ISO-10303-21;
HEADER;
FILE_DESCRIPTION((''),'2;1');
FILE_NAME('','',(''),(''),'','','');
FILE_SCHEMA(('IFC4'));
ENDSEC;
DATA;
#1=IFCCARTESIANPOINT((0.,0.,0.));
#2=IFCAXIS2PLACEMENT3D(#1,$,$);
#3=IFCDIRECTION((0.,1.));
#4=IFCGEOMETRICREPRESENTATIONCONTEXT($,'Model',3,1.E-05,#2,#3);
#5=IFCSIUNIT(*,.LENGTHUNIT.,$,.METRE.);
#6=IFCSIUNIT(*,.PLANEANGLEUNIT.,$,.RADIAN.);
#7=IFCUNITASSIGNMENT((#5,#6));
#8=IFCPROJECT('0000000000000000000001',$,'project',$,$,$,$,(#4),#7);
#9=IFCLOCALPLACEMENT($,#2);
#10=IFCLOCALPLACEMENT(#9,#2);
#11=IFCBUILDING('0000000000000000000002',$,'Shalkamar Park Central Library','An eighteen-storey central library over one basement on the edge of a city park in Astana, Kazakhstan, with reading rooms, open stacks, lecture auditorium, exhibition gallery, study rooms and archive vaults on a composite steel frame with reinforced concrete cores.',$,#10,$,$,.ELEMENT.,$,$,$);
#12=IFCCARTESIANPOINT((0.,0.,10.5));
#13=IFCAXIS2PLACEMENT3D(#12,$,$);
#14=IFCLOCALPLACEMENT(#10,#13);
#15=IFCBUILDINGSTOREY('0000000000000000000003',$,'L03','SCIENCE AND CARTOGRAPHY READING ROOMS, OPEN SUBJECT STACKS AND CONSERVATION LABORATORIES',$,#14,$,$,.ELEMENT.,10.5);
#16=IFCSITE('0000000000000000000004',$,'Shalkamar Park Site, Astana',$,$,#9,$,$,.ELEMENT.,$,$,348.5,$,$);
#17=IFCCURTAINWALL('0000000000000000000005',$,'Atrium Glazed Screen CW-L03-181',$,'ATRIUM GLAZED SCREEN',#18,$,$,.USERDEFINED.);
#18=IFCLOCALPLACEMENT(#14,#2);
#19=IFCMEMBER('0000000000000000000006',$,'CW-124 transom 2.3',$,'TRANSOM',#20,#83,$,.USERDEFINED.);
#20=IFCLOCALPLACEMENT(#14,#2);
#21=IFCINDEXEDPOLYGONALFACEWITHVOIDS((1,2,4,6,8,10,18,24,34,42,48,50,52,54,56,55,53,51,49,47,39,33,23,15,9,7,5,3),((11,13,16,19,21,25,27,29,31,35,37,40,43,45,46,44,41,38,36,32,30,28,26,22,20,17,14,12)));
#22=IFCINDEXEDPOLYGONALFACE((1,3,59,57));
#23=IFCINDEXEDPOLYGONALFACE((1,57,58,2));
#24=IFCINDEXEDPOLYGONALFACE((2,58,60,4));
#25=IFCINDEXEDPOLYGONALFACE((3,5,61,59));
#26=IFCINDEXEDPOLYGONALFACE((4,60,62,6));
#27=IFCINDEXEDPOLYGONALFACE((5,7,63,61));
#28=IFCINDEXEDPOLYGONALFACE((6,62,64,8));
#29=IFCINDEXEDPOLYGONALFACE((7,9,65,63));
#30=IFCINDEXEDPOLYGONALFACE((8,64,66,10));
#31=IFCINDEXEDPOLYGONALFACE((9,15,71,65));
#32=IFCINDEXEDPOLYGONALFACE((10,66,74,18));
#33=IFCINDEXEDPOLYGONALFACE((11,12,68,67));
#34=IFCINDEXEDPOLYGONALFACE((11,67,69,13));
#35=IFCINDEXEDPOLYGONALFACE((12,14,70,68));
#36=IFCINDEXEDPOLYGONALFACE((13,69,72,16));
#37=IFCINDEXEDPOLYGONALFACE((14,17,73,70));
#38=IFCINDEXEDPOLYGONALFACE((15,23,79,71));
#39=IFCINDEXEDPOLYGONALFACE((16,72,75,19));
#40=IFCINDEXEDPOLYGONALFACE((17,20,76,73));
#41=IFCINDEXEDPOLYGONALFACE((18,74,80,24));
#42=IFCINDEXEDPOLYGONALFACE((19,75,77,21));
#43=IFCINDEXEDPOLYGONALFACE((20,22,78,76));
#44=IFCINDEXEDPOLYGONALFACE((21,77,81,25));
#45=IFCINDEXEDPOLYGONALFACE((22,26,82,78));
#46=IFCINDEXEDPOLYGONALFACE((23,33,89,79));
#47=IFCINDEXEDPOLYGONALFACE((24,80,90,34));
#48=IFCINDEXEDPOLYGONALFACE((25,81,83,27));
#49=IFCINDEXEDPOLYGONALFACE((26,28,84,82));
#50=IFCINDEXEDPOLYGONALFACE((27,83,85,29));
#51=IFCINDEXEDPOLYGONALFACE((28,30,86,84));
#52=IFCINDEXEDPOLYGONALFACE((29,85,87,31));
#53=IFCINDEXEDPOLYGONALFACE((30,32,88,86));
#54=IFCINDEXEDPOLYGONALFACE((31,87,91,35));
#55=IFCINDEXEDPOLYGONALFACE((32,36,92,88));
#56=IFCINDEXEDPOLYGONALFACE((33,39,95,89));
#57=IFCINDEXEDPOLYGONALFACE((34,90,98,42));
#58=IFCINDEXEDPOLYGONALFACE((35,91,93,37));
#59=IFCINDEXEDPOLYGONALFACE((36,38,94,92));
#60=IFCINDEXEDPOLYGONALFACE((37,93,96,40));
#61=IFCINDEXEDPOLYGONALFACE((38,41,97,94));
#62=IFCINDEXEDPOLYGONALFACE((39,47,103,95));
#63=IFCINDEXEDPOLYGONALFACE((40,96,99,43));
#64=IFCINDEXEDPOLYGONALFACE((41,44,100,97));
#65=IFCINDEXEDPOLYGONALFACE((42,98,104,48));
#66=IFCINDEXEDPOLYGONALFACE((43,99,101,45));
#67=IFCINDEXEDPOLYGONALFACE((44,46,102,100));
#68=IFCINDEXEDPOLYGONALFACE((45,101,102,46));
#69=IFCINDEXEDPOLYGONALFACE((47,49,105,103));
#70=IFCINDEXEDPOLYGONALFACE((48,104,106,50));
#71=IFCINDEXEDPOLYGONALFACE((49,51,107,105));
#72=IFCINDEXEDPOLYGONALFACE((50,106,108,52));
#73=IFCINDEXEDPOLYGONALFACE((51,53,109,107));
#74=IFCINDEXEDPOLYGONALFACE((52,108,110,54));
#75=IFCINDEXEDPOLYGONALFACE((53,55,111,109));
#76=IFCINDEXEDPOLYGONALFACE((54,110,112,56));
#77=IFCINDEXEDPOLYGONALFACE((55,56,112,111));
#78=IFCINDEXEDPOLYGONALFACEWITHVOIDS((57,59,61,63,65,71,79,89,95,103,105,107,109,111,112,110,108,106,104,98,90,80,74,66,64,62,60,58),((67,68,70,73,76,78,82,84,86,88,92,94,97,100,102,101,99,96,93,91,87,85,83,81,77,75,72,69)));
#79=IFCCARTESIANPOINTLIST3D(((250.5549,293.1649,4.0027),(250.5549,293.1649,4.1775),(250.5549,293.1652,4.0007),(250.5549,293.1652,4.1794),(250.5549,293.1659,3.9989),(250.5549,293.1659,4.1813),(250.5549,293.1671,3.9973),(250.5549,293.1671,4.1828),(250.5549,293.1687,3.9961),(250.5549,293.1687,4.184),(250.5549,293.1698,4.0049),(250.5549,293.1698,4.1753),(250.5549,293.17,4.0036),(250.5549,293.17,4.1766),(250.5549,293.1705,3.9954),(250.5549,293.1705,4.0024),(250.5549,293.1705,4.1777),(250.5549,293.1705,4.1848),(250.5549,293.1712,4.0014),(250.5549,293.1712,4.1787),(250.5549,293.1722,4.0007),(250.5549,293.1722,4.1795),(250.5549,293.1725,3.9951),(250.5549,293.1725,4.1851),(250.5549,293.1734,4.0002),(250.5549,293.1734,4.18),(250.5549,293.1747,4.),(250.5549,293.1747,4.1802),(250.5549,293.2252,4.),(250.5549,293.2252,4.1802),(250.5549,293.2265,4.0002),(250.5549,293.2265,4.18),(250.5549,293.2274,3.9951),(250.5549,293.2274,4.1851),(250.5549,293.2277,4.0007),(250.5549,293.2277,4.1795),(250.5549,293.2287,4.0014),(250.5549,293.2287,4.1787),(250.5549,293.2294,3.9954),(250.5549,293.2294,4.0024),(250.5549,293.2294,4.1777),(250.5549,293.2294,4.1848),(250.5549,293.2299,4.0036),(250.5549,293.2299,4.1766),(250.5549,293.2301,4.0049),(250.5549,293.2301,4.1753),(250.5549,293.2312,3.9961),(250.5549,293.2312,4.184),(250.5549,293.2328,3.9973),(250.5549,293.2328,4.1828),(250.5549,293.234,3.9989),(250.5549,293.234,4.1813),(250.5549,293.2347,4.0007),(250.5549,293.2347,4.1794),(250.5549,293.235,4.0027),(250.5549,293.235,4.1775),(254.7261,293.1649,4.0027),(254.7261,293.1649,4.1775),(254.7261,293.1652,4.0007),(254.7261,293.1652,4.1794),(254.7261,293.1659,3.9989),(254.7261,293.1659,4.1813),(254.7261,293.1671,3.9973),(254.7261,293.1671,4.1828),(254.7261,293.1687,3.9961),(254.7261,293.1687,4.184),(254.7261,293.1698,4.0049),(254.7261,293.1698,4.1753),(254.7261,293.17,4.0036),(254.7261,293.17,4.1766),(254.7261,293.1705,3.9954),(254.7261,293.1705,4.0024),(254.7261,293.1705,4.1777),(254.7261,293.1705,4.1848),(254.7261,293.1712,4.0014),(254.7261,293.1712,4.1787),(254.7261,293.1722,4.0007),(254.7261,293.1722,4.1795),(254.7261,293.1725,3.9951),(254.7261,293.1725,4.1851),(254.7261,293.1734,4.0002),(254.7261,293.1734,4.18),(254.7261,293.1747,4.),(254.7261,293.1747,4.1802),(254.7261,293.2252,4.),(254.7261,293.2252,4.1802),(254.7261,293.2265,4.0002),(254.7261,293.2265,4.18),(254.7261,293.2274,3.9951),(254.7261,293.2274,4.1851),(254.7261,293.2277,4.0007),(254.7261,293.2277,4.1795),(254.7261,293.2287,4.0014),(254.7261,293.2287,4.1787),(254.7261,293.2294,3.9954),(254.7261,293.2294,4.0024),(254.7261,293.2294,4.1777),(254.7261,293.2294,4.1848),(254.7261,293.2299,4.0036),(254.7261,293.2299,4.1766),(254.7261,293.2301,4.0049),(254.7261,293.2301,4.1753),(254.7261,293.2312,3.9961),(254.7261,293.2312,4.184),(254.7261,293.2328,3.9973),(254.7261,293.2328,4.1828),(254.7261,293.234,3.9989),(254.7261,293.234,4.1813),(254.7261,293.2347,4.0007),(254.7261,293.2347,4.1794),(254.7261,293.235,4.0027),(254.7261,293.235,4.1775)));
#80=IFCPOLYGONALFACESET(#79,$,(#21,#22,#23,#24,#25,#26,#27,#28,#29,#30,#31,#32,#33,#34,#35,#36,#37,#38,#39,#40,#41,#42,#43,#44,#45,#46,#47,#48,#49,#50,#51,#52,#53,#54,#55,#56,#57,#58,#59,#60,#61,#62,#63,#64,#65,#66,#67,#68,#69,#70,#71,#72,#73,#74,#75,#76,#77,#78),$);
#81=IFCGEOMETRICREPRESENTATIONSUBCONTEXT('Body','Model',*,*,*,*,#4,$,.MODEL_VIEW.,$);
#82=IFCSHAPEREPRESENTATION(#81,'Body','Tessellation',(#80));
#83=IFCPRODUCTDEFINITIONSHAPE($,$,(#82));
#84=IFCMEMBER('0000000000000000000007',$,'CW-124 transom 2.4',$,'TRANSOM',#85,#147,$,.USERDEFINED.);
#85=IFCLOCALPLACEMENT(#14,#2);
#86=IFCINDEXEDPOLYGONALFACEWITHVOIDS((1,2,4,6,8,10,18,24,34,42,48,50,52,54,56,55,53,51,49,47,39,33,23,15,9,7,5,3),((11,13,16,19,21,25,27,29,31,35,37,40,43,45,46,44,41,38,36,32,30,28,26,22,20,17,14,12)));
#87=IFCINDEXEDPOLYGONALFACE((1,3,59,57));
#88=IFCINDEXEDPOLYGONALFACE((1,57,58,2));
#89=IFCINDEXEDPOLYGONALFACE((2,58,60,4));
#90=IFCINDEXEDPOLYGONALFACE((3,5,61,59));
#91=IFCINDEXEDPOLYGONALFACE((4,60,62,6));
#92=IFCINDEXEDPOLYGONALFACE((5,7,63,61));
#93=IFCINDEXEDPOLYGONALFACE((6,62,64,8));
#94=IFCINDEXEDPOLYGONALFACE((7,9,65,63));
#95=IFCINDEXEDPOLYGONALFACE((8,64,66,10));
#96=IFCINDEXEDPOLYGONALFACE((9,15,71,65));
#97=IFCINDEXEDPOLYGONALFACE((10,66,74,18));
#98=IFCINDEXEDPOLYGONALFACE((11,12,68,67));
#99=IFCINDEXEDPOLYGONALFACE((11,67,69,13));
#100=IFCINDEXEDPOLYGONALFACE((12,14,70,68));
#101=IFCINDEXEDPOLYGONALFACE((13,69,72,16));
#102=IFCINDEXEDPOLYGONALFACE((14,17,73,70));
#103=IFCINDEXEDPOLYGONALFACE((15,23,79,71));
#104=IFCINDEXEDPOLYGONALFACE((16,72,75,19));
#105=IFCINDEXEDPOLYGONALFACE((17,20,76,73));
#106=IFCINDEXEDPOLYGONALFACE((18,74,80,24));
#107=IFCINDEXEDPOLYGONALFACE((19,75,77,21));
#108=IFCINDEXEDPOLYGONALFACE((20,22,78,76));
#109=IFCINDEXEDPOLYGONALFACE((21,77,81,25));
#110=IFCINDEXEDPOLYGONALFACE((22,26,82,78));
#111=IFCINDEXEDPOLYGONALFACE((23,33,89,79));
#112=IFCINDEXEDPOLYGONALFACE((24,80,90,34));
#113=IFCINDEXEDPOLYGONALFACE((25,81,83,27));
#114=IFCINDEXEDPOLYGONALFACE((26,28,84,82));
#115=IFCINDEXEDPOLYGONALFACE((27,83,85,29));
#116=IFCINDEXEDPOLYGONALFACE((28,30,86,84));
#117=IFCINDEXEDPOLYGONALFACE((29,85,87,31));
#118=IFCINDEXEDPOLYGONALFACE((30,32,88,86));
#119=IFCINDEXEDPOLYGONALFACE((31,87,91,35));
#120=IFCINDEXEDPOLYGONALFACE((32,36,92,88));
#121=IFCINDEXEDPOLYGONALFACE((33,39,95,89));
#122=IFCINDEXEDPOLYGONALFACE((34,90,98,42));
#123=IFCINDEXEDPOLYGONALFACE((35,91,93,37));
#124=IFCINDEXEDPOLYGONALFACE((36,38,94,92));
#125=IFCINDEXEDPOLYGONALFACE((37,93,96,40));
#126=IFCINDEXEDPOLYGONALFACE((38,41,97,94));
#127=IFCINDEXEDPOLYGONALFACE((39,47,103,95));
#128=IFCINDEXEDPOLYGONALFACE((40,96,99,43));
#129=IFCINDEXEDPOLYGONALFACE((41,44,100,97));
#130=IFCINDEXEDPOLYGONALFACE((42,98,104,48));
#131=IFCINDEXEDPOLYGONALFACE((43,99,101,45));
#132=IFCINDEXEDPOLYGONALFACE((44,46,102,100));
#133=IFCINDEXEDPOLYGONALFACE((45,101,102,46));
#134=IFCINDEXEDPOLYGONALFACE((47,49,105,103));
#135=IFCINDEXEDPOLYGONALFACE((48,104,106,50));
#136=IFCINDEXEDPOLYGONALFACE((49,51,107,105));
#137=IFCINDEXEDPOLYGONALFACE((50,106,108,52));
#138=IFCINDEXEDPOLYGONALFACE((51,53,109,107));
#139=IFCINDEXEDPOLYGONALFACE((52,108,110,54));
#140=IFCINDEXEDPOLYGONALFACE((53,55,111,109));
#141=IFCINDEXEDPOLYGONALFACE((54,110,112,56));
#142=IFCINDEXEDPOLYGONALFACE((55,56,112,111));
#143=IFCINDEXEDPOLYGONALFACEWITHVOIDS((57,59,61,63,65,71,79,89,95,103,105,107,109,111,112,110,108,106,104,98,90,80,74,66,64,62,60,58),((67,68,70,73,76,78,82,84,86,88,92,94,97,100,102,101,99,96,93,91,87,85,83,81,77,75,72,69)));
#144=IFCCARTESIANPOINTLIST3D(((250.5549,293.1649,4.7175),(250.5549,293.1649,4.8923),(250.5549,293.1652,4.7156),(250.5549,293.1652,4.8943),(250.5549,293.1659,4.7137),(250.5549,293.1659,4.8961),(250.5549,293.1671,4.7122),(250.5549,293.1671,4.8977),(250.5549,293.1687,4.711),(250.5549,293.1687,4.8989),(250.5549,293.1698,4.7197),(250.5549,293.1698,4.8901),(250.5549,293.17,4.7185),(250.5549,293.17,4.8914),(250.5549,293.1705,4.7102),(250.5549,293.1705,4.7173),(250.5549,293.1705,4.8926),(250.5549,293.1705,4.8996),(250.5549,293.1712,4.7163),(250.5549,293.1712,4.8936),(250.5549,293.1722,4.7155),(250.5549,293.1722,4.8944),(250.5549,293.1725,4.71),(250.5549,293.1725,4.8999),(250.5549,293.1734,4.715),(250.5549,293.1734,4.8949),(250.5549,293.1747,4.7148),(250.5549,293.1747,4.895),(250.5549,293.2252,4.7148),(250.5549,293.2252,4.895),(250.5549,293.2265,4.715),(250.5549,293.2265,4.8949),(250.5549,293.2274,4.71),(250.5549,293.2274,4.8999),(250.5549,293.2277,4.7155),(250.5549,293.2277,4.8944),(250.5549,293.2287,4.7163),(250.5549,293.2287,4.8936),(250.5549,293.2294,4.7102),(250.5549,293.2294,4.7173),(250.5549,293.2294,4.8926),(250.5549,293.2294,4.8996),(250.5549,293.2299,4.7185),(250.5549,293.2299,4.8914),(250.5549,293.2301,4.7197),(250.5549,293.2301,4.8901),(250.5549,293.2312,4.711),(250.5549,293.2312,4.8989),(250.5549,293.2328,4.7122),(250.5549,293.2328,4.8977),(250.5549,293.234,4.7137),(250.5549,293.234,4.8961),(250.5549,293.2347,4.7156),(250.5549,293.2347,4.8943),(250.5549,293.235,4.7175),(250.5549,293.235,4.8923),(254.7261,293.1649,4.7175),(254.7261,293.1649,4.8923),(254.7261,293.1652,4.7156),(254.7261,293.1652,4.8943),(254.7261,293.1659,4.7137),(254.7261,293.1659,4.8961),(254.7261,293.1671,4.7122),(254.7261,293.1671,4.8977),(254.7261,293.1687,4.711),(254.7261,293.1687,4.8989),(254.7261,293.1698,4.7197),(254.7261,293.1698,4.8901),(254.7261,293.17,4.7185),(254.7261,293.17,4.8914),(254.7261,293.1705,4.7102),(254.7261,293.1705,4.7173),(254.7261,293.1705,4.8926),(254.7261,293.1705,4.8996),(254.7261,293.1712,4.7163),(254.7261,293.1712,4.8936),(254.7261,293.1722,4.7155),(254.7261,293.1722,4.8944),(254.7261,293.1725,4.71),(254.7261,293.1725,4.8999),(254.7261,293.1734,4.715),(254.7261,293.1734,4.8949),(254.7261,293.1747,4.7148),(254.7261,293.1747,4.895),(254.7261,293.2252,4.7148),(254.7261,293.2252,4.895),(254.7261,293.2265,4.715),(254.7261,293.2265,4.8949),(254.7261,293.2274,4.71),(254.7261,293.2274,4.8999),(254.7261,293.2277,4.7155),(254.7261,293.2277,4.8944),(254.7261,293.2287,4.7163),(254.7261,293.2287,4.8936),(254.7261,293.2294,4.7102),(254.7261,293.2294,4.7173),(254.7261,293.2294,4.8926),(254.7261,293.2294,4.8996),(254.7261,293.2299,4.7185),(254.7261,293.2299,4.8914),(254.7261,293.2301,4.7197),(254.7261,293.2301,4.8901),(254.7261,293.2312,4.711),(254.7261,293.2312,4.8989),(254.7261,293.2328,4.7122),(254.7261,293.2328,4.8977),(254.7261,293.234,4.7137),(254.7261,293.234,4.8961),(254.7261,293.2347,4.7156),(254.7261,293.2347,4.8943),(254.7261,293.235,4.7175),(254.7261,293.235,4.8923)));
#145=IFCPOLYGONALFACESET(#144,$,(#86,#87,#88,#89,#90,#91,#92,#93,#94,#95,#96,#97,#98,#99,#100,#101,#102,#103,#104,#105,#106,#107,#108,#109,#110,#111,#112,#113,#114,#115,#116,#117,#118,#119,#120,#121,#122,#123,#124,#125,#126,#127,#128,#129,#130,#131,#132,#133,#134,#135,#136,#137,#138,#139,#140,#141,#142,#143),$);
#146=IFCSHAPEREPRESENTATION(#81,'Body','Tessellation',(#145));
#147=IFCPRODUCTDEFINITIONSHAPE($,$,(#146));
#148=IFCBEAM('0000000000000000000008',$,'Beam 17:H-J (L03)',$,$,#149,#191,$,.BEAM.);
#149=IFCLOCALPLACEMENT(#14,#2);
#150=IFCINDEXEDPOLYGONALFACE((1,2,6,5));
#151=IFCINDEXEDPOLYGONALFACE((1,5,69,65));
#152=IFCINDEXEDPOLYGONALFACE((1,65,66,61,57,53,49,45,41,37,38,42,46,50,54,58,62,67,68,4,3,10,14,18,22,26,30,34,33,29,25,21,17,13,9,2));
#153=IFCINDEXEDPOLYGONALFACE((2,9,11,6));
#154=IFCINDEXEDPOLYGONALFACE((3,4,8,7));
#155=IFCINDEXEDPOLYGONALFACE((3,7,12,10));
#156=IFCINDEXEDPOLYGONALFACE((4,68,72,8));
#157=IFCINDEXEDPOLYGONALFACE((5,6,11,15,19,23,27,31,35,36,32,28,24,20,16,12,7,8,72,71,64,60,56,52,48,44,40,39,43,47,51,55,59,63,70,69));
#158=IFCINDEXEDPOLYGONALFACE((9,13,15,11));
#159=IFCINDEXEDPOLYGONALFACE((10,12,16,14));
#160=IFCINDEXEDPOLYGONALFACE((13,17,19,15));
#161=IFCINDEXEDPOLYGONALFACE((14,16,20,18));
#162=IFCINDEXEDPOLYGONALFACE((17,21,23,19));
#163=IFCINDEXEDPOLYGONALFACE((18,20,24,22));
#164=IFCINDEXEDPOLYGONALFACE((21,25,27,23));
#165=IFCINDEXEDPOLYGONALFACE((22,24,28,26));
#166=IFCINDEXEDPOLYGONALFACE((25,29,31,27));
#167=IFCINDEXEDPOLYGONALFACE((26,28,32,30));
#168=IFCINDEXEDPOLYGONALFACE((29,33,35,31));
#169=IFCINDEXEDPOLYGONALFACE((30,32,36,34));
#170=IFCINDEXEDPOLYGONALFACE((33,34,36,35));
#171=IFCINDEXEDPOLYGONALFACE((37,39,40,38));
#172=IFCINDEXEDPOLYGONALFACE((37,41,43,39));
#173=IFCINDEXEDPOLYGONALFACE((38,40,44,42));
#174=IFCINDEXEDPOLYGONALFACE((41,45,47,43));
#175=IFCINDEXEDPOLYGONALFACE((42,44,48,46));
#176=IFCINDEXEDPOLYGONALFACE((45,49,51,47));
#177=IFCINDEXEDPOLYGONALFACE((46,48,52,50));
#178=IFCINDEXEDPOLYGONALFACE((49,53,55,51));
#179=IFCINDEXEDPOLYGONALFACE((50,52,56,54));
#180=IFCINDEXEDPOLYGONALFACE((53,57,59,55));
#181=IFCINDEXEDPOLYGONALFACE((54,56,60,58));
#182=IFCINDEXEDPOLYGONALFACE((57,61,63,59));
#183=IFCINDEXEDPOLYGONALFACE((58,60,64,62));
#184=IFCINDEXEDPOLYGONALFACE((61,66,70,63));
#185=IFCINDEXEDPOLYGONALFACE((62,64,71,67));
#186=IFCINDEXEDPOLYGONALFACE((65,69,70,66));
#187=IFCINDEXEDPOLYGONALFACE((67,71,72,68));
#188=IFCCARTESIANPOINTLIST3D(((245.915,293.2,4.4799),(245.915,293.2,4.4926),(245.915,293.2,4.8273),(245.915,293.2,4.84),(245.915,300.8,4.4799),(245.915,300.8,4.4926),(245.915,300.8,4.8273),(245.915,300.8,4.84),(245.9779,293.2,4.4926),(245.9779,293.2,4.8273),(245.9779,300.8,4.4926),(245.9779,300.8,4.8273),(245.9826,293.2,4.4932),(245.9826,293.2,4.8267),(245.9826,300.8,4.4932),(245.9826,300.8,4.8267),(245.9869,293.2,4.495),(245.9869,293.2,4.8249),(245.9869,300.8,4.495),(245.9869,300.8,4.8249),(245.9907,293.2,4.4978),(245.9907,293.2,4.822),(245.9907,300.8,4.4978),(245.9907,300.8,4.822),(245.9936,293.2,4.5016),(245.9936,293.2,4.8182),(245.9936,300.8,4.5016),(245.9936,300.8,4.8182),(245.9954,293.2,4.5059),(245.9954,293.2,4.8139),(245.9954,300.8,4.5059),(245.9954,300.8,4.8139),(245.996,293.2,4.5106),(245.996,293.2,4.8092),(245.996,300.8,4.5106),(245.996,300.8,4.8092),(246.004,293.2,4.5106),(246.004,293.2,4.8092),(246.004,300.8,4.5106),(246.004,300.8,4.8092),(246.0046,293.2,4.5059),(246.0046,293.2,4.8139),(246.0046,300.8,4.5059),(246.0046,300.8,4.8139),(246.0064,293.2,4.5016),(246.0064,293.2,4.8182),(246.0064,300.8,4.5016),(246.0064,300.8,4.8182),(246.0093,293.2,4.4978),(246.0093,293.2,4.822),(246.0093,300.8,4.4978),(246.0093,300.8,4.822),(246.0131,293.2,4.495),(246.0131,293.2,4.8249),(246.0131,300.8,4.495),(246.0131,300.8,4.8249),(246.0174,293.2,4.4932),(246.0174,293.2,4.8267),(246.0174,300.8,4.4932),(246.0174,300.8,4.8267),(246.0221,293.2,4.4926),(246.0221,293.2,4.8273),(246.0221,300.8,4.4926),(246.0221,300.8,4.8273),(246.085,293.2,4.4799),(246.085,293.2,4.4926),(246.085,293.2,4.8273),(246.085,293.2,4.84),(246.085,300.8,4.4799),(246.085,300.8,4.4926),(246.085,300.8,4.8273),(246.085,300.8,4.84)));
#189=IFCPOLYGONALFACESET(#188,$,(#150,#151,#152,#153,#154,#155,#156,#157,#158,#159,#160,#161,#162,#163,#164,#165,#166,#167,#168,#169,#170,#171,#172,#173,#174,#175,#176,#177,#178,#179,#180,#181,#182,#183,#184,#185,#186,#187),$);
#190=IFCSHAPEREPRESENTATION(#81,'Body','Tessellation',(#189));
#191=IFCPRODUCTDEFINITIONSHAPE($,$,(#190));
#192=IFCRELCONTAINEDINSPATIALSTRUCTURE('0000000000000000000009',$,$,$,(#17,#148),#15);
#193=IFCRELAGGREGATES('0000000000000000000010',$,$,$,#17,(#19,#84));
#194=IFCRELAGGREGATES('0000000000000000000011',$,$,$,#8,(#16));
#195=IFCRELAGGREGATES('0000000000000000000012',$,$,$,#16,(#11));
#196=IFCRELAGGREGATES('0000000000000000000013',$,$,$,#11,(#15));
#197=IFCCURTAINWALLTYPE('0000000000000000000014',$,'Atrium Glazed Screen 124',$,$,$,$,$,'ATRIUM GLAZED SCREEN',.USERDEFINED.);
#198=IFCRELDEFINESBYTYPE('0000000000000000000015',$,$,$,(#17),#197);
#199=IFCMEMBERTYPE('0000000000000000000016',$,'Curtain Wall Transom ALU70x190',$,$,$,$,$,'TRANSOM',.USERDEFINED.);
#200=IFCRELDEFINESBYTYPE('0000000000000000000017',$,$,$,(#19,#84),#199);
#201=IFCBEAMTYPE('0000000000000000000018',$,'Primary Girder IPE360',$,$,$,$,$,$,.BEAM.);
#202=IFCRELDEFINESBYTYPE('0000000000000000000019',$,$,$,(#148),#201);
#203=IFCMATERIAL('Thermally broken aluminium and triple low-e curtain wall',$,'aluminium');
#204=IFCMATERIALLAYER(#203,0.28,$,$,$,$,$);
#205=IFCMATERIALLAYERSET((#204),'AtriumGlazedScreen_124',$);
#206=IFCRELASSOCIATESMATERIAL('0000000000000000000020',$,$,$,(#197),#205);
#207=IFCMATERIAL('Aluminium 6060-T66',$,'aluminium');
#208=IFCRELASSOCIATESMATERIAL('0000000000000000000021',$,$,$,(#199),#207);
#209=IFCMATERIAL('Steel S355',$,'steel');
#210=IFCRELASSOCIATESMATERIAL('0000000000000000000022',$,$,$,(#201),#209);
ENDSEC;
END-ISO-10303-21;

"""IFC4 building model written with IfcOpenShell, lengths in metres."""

from ifc_helpers import new_model, si_unit, direction, frame, origin, origin_2d, place, context, subcontext, project, spatial, hollow_rectangle, i_section, extrude, material, layer, layer_set, material_profile, profile_set, type_object, element, aggregate, save


model = new_model("IFC4")

# Units and contexts
model_context = context("Model", 3, precision=1e-05, world=origin(), true_north=direction((0.0, 1.0)))
body_context = subcontext(model_context, "Body", "Model", "MODEL_VIEW")
ifc_project = project(units=[si_unit("LENGTHUNIT", "METRE"), si_unit("PLANEANGLEUNIT", "RADIAN")], contexts=[model_context])

# Site, building, storey
site_placement = place(None, origin())
site = spatial("IfcSite", under=ifc_project, at=site_placement, Name="Shalkamar Park Site, Astana", CompositionType="ELEMENT", RefElevation=348.5)
building_placement = place(site_placement, origin())
building = spatial("IfcBuilding", under=site, at=building_placement, Name="Shalkamar Park Central Library", Description="An eighteen-storey central library over one basement on the edge of a city park in Astana, Kazakhstan, with reading rooms, open stacks, lecture auditorium, exhibition gallery, study rooms and archive vaults on a composite steel frame with reinforced concrete cores.", CompositionType="ELEMENT")
storey_placement = place(building_placement, frame((0.0, 0.0, 10.5)))
storey = spatial("IfcBuildingStorey", under=building, at=storey_placement, Name="L03", Description="SCIENCE AND CARTOGRAPHY READING ROOMS, OPEN SUBJECT STACKS AND CONSERVATION LABORATORIES", CompositionType="ELEMENT", Elevation=10.5)

# Shared definitions
ifc_material_1 = material(Name="Steel S355", Category="steel")

# Curtain wall, members
ifc_material_2 = material(Name="Thermally broken aluminium and triple low-e curtain wall", Category="aluminium")
ifc_layer_1 = layer(ifc_material_2, 0.28)
ifc_layer_set_1 = layer_set([ifc_layer_1], Name="AtriumGlazedScreen_124")
curtain_wall_type = type_object("IfcCurtainWallType", Name="Atrium Glazed Screen 124", ElementType="ATRIUM GLAZED SCREEN", PredefinedType="USERDEFINED", material=ifc_layer_set_1)
curtain_wall_placement = place(storey_placement, origin())
curtain_wall = element("IfcCurtainWall", 1, at=curtain_wall_placement, inside=storey, type_object=curtain_wall_type, Name="Atrium Glazed Screen CW-L03-181", ObjectType="ATRIUM GLAZED SCREEN", PredefinedType="USERDEFINED")
ifc_material_3 = material(Name="Aluminium 6060-T66", Category="aluminium")
ifc_material_profile_1 = material_profile(ifc_material_3, hollow_rectangle(XDim=0.0701, YDim=0.1899, WallThickness=0.0049, InnerFilletRadius=0.0049, OuterFilletRadius=0.0076, at=origin_2d()), Name="ALU 70x190x5")
ifc_profile_set_1 = profile_set([ifc_material_profile_1], Name="Aluminium 6060-T66")
member_type_1 = type_object("IfcMemberType", Name="Curtain Wall Transom ALU70x190", ElementType="TRANSOM", PredefinedType="USERDEFINED", material=ifc_profile_set_1)
member_1_placement = place(storey_placement, frame((250.5549, 293.2, 4.0901), z_axis=(1.0, 0.0, 0.0), x_axis=(0.0, 1.0, 0.0)))
member_1 = element("IfcMember", 2, at=member_1_placement, type_object=member_type_1, Name="CW-124 transom 2.3", ObjectType="TRANSOM", PredefinedType="USERDEFINED", context=body_context, shape_type="SweptSolid", body=[
    extrude(hollow_rectangle(XDim=0.0701, YDim=0.1899, WallThickness=0.0049, InnerFilletRadius=0.0049, OuterFilletRadius=0.0076, at=origin_2d()), origin(), (0.0, 0.0, 1.0), 4.1711),
])
member_2_placement = place(storey_placement, frame((250.5549, 293.2, 4.8049), z_axis=(1.0, 0.0, 0.0), x_axis=(0.0, 1.0, 0.0)))
member_2 = element("IfcMember", 3, at=member_2_placement, type_object=member_type_1, Name="CW-124 transom 2.4", ObjectType="TRANSOM", PredefinedType="USERDEFINED", context=body_context, shape_type="SweptSolid", body=[
    extrude(hollow_rectangle(XDim=0.0701, YDim=0.1899, WallThickness=0.0049, InnerFilletRadius=0.0049, OuterFilletRadius=0.0076, at=origin_2d()), origin(), (0.0, 0.0, 1.0), 4.1711),
])

# Beam
ifc_material_profile_2 = material_profile(ifc_material_1, i_section(OverallWidth=0.1699, OverallDepth=0.3601, WebThickness=0.0081, FlangeThickness=0.0127, FilletRadius=0.0181, at=origin_2d()), Name="IPE 360")
ifc_profile_set_2 = profile_set([ifc_material_profile_2], Name="Steel S355")
beam_type_1 = type_object("IfcBeamType", Name="Primary Girder IPE360", PredefinedType="BEAM", material=ifc_profile_set_2)
beam_1_placement = place(storey_placement, frame((246.0, 293.2, 4.6599), z_axis=(0.0, 1.0, 0.0), x_axis=(-1.0, 0.0, 0.0)))
element("IfcBeam", 4, at=beam_1_placement, inside=storey, type_object=beam_type_1, Name="Beam 17:H-J (L03)", PredefinedType="BEAM", context=body_context, shape_type="SweptSolid", body=[
    extrude(i_section(OverallWidth=0.1699, OverallDepth=0.3601, WebThickness=0.0081, FlangeThickness=0.0127, FilletRadius=0.0181, at=origin_2d()), origin(), (0.0, 0.0, 1.0), 7.6001),
])

aggregate(curtain_wall, [member_1, member_2])

save(model, "model.ifc")
